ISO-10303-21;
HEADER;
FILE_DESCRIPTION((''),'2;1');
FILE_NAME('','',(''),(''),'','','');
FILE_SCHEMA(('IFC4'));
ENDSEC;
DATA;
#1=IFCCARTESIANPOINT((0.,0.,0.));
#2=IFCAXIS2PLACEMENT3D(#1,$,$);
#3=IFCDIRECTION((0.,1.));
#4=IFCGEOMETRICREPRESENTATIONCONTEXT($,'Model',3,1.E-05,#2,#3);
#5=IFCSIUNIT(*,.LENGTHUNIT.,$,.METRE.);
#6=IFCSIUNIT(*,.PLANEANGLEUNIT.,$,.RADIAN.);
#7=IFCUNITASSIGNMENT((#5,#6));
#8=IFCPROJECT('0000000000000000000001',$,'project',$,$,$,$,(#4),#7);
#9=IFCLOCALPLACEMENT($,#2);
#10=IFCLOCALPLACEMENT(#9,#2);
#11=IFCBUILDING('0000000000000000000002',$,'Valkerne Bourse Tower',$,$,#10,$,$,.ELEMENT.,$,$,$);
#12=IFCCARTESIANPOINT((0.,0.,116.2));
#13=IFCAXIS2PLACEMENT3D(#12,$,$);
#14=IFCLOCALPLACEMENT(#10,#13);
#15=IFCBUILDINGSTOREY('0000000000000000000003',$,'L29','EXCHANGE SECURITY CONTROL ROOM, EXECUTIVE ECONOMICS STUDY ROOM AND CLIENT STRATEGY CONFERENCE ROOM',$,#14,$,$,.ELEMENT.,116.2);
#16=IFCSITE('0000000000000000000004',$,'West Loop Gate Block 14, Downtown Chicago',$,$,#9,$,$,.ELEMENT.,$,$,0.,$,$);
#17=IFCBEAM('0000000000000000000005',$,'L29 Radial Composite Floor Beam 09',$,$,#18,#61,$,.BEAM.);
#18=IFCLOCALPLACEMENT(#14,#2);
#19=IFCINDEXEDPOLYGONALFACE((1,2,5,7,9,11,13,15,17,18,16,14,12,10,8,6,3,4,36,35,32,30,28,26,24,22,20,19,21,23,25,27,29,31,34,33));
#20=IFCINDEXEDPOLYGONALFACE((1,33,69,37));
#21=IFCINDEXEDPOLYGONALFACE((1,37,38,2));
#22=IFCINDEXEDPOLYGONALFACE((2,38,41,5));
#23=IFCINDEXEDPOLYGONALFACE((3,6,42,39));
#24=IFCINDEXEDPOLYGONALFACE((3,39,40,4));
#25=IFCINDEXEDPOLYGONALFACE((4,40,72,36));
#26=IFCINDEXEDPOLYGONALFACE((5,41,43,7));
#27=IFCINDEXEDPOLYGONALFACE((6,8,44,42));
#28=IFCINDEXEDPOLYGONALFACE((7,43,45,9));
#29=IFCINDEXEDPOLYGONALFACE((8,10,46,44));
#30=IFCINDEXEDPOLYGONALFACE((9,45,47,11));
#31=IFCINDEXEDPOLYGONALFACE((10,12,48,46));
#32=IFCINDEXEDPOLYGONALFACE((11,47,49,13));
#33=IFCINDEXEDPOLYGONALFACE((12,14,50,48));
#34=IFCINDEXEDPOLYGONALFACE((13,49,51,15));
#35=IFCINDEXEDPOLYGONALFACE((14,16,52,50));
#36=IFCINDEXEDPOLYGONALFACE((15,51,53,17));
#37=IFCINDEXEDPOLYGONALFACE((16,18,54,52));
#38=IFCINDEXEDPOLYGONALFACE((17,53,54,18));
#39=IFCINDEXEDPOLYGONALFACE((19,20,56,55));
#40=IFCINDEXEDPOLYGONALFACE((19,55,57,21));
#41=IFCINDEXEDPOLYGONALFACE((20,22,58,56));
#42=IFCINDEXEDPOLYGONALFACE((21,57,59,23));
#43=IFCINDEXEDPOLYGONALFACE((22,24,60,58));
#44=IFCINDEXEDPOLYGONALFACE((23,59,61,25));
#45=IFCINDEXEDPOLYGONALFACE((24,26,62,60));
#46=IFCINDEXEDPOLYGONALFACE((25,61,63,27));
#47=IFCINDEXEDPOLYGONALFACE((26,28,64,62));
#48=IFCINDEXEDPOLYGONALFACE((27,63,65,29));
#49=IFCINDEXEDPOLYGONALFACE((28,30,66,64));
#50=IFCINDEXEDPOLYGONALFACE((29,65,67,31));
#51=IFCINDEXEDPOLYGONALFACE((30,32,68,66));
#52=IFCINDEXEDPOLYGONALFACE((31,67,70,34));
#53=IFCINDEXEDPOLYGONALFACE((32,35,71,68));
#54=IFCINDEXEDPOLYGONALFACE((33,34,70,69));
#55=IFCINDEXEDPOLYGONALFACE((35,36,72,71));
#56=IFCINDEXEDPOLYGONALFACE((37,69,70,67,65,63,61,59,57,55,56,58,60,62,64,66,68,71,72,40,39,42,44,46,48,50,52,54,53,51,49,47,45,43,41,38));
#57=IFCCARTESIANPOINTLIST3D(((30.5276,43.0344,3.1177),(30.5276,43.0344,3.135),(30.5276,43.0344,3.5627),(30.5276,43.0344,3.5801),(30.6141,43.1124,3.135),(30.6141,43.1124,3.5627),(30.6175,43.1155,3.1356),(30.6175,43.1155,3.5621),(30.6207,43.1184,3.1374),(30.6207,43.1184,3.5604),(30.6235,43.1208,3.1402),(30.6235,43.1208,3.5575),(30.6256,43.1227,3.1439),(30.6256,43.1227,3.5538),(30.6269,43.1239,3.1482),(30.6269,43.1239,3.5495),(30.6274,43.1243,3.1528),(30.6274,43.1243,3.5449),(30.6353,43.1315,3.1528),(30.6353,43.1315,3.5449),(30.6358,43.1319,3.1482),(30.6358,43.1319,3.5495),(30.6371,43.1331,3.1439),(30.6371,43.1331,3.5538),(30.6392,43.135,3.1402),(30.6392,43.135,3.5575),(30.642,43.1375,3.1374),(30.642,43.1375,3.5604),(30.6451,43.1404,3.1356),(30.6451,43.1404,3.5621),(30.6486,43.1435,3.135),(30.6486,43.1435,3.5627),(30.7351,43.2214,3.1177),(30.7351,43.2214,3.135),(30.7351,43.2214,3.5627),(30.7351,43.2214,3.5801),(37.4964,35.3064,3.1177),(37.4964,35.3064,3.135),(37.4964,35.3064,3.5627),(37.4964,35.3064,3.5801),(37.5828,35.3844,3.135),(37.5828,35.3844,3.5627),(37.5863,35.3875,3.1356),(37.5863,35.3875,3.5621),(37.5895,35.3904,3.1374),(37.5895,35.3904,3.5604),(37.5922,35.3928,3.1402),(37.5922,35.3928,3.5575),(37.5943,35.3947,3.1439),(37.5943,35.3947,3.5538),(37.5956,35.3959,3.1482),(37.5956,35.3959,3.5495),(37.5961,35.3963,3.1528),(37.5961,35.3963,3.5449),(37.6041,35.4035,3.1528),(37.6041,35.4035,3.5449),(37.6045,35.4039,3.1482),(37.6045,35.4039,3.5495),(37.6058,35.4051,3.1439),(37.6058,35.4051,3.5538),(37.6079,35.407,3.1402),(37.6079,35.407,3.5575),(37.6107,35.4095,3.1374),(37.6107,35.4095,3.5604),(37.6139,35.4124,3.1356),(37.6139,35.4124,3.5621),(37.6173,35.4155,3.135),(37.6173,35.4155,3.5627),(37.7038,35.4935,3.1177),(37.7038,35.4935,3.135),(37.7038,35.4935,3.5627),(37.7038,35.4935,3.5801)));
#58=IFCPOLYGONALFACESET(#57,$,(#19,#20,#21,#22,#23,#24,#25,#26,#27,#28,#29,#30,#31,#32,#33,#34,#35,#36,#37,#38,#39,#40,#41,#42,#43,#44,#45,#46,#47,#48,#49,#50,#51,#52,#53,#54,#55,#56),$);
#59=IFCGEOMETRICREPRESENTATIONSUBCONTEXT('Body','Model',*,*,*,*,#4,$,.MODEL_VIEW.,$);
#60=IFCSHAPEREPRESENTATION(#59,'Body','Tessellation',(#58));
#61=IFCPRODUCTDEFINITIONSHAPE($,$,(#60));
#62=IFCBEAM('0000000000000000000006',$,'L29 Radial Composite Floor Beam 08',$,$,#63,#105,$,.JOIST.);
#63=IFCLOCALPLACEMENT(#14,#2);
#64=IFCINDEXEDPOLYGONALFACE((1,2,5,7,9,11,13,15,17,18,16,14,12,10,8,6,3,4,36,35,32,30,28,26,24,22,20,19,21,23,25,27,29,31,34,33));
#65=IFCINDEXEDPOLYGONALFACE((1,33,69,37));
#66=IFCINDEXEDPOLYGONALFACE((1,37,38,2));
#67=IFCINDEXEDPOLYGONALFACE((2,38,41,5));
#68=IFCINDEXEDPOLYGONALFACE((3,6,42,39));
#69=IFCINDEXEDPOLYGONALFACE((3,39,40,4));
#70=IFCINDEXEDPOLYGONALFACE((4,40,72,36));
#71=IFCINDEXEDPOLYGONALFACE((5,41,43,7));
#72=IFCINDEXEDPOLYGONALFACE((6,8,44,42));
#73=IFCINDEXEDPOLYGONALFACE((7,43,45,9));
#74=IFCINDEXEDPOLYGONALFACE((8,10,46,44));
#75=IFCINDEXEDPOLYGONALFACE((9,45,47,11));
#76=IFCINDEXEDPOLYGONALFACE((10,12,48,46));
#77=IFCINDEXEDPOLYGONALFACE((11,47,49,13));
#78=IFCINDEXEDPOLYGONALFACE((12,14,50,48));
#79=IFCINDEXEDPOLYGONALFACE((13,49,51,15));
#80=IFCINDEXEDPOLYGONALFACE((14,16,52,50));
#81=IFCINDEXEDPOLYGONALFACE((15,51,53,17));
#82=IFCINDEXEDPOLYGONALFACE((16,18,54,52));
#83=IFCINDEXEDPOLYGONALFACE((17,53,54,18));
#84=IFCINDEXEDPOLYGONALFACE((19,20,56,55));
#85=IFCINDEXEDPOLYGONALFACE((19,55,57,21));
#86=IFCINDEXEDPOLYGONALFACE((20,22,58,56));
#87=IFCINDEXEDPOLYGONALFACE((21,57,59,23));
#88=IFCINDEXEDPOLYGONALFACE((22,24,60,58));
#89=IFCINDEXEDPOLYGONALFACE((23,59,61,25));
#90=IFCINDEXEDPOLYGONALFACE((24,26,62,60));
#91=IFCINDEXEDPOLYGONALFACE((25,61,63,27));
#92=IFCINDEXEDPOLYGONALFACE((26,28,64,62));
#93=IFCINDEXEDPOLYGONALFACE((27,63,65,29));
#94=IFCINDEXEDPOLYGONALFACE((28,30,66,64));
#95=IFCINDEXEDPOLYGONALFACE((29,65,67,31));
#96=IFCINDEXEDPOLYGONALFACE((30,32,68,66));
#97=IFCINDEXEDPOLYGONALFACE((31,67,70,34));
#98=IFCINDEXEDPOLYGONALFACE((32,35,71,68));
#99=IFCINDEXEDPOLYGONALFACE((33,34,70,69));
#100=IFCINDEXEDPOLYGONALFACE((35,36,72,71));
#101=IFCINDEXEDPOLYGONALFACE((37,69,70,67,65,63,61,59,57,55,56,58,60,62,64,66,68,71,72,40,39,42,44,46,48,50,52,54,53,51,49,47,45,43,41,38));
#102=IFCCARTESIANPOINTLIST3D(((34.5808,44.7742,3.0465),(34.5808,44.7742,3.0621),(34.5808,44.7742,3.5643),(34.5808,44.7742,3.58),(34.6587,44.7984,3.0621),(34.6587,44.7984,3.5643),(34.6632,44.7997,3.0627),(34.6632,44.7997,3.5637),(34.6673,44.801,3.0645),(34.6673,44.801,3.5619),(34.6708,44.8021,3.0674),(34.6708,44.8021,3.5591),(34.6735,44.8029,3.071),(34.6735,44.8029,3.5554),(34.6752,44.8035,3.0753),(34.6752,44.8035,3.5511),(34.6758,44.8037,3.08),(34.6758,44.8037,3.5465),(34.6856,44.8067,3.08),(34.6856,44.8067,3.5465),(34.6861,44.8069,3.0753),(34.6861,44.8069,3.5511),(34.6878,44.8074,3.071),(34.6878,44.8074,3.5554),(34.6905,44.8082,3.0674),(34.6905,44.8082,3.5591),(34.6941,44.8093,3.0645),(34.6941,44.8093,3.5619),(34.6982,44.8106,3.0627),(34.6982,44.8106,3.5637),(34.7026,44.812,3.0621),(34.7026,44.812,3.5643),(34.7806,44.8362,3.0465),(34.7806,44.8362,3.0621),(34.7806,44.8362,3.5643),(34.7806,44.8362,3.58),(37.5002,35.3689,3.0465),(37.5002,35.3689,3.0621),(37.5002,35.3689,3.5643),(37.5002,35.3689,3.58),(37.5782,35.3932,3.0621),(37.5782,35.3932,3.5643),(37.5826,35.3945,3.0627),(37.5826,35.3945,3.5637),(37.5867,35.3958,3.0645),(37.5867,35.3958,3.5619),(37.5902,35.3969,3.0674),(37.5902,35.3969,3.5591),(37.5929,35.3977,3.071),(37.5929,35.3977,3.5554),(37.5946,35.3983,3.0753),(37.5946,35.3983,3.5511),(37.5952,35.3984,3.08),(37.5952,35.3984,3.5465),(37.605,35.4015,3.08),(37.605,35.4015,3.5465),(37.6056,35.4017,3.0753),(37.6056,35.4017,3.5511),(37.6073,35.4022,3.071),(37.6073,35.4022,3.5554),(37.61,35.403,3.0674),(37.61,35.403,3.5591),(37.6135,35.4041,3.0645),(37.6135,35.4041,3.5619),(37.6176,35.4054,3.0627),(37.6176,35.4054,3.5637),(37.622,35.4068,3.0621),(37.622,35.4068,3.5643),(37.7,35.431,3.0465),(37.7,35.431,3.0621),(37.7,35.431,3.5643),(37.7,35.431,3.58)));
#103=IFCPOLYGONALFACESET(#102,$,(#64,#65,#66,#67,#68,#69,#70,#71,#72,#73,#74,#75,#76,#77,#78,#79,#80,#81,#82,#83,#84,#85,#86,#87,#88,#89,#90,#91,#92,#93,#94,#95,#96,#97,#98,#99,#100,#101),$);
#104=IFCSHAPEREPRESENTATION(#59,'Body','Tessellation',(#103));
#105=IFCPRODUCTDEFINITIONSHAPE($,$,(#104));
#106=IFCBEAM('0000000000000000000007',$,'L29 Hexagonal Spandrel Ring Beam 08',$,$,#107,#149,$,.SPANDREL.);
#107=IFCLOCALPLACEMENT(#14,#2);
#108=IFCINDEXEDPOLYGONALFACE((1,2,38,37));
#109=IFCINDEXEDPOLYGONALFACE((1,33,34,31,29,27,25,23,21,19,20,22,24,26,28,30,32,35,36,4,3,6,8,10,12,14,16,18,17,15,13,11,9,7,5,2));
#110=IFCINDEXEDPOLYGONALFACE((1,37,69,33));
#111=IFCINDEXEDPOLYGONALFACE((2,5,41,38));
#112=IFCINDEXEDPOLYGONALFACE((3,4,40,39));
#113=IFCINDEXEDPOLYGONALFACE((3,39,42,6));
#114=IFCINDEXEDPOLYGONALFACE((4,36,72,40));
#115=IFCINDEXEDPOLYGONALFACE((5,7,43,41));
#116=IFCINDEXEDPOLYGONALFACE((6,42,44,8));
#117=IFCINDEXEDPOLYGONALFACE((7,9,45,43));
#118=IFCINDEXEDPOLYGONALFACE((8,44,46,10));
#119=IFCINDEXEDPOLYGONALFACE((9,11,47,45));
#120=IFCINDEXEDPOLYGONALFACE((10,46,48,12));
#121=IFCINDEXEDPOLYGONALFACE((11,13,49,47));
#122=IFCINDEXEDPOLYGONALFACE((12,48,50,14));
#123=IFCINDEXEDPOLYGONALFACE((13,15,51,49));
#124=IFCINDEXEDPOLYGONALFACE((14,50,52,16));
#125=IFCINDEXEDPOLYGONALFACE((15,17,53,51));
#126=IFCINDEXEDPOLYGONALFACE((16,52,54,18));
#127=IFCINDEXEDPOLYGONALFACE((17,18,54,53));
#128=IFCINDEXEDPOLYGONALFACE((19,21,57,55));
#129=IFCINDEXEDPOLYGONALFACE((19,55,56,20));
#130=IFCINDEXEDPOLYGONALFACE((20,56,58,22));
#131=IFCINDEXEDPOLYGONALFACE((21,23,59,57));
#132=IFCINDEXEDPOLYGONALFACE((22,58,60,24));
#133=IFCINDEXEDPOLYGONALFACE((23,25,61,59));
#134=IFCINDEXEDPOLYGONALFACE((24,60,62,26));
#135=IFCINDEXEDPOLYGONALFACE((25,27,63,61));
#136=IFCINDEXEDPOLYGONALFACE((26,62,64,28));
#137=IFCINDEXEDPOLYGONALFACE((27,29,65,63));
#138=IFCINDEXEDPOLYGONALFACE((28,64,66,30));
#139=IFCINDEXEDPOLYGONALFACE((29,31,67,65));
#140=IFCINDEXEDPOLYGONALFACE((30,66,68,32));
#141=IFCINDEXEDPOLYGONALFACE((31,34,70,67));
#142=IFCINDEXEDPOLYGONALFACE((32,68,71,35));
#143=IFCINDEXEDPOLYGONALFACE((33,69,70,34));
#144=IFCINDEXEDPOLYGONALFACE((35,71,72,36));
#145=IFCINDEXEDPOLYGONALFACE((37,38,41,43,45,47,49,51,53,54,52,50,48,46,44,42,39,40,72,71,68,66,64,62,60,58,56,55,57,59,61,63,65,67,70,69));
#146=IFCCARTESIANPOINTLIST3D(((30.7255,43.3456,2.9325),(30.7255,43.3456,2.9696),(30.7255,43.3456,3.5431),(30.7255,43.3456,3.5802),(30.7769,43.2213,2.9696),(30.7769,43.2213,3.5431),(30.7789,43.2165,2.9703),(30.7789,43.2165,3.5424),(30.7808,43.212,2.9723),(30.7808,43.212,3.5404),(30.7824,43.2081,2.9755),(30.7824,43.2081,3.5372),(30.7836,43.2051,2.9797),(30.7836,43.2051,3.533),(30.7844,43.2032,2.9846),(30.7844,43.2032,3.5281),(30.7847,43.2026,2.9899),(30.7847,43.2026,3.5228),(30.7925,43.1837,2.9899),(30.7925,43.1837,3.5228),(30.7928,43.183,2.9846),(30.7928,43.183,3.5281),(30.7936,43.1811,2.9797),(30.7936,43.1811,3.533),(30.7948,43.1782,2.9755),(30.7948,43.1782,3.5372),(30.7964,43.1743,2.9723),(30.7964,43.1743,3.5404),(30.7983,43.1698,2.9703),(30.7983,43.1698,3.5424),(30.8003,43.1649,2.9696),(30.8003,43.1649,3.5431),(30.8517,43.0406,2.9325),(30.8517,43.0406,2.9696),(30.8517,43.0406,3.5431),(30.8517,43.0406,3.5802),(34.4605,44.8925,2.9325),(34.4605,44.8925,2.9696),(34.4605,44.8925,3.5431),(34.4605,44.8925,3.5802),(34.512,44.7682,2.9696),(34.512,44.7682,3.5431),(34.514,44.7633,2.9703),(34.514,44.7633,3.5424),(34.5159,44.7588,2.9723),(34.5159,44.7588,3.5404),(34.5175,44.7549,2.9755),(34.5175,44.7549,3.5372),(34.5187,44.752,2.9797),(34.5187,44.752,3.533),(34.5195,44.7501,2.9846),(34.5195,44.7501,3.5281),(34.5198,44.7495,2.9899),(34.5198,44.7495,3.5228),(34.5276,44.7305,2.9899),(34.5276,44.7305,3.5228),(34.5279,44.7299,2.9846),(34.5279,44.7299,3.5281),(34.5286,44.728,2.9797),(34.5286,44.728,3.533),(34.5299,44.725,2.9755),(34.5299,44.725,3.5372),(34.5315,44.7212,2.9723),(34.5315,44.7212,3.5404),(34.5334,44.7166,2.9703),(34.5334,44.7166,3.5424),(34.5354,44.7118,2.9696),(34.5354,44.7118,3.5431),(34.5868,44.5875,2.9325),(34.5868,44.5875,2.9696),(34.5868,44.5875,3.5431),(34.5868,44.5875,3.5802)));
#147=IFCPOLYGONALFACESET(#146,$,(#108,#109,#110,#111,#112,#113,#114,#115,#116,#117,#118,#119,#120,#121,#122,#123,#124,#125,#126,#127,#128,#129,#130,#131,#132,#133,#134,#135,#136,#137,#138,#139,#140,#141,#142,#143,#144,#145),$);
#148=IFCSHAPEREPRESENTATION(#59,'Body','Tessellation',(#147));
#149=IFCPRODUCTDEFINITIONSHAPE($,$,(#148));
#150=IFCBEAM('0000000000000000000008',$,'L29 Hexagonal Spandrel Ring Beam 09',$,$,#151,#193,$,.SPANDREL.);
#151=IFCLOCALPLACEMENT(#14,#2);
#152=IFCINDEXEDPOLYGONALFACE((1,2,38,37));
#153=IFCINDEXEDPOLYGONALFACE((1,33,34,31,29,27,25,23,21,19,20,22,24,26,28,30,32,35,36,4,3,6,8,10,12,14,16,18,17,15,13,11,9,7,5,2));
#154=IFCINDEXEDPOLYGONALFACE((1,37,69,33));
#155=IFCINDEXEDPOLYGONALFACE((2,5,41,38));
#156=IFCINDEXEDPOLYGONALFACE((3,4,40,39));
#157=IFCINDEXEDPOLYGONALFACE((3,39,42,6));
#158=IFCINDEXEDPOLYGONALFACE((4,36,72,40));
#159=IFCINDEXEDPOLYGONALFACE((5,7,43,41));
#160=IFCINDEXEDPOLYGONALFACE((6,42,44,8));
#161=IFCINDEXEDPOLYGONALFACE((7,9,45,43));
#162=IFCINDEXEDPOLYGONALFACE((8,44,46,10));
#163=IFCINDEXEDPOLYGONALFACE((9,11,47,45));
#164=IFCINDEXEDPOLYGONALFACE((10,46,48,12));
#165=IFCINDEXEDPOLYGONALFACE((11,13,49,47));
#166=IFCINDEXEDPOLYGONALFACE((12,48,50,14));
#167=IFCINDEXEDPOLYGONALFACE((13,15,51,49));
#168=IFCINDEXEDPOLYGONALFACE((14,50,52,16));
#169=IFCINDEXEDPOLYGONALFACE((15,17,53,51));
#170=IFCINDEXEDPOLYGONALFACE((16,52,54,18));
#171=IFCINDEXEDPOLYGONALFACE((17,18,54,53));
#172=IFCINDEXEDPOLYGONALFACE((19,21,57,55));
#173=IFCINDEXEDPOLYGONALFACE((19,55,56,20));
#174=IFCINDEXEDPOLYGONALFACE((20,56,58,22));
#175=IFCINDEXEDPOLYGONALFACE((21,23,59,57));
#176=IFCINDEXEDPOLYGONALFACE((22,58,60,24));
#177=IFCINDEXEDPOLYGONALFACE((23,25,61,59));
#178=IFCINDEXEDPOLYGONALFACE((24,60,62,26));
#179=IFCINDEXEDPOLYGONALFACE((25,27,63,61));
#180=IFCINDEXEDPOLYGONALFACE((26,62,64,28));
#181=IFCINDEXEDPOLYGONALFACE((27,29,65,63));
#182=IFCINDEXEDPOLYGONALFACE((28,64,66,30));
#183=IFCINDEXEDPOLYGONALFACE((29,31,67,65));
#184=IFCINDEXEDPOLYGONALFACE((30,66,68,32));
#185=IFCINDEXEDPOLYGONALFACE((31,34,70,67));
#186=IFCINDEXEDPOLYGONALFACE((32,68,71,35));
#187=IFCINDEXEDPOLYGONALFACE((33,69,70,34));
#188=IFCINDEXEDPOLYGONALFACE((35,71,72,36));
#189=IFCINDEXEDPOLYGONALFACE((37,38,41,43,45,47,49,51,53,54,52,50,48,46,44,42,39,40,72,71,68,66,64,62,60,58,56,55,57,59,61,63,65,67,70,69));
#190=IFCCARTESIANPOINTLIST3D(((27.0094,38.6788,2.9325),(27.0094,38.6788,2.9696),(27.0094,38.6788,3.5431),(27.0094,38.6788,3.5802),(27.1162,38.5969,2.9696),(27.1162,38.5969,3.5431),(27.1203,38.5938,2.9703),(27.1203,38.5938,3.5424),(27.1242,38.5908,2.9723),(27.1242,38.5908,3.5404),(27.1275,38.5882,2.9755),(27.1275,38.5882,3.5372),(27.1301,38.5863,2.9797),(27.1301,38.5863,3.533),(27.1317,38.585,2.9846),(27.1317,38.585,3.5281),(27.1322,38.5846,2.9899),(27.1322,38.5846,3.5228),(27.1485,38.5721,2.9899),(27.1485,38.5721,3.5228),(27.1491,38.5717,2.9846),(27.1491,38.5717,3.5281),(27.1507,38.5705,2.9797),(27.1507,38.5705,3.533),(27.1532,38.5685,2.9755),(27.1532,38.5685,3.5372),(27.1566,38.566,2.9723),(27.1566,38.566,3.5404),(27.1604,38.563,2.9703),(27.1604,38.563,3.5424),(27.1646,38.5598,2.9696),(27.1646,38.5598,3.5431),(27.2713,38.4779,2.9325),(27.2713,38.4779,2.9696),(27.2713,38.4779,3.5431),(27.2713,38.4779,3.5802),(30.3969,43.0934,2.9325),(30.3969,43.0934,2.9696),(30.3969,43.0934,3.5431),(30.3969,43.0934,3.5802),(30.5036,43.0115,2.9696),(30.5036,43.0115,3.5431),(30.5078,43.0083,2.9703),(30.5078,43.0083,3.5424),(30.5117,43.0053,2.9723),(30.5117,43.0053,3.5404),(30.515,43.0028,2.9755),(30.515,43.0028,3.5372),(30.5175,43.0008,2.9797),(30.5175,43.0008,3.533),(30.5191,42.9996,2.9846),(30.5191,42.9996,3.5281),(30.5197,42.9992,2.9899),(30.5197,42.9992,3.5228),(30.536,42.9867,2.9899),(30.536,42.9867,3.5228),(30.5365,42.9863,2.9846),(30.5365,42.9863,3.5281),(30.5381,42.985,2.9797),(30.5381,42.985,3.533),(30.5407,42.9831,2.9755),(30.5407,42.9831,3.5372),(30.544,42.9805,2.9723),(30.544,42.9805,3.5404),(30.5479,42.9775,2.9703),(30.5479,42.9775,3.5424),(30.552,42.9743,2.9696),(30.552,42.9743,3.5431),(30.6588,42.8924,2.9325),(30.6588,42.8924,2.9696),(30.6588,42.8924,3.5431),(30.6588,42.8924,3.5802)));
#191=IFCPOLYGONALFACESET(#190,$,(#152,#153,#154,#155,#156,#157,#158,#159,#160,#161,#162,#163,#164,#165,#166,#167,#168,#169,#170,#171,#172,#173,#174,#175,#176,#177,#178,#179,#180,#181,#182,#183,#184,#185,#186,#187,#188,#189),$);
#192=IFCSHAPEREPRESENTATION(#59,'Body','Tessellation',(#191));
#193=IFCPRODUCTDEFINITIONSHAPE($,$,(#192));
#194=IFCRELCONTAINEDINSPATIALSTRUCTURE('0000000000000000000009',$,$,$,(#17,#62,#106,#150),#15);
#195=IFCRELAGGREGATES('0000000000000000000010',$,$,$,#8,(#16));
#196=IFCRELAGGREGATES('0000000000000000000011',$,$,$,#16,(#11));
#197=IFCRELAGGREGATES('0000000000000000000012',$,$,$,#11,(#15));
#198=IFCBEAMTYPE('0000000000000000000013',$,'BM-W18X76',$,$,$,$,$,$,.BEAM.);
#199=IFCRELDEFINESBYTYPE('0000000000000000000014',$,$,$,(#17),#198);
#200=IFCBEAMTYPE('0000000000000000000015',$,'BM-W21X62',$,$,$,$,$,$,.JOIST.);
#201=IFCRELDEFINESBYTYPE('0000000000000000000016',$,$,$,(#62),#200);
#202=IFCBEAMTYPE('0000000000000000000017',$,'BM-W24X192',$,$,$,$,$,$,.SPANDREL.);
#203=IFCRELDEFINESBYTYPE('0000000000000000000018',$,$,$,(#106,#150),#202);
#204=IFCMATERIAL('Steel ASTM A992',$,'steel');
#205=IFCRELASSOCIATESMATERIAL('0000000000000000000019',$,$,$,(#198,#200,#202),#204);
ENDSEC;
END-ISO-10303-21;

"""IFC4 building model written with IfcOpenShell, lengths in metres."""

from ifc_helpers import new_model, si_unit, direction, frame, origin, origin_2d, place, context, subcontext, project, spatial, i_section, extrude, material, material_profile, profile_set, type_object, element, save


model = new_model("IFC4")

# Units and contexts
model_context = context("Model", 3, precision=1e-05, world=origin(), true_north=direction((0.0, 1.0)))
body_context = subcontext(model_context, "Body", "Model", "MODEL_VIEW")
ifc_project = project(units=[si_unit("LENGTHUNIT", "METRE"), si_unit("PLANEANGLEUNIT", "RADIAN")], contexts=[model_context])

# Site, building, storey
site_placement = place(None, origin())
site = spatial("IfcSite", under=ifc_project, at=site_placement, Name="West Loop Gate Block 14, Downtown Chicago", CompositionType="ELEMENT", RefElevation=0.0)
building_placement = place(site_placement, origin())
building = spatial("IfcBuilding", under=site, at=building_placement, Name="Valkerne Bourse Tower", CompositionType="ELEMENT")
storey_placement = place(building_placement, frame((0.0, 0.0, 116.2)))
storey = spatial("IfcBuildingStorey", under=building, at=storey_placement, Name="L29", Description="EXCHANGE SECURITY CONTROL ROOM, EXECUTIVE ECONOMICS STUDY ROOM AND CLIENT STRATEGY CONFERENCE ROOM", CompositionType="ELEMENT", Elevation=116.2)

# Beams
ifc_material_1 = material(Name="Steel ASTM A992", Category="steel")
ifc_material_profile_1 = material_profile(ifc_material_1, i_section(OverallWidth=0.2793, OverallDepth=0.4624, WebThickness=0.0107, FlangeThickness=0.0173, FilletRadius=0.0178, at=origin_2d()), Name="W18X76")
ifc_profile_set_1 = profile_set([ifc_material_profile_1], Name="Steel ASTM A992")
beam_type_1 = type_object("IfcBeamType", Name="BM-W18X76", PredefinedType="BEAM", material=ifc_profile_set_1)
beam_1_placement = place(storey_placement, frame((30.6313, 43.1279, 3.3489), z_axis=(0.669683, -0.742648, 0.0), x_axis=(0.742648, 0.669683, 0.0)))
element("IfcBeam", 1, at=beam_1_placement, inside=storey, type_object=beam_type_1, Name="L29 Radial Composite Floor Beam 09", PredefinedType="BEAM", context=body_context, shape_type="SweptSolid", body=[
    extrude(i_section(OverallWidth=0.2793, OverallDepth=0.4624, WebThickness=0.0107, FlangeThickness=0.0173, FilletRadius=0.0178, at=origin_2d()), origin(), (0.0, 0.0, 1.0), 10.406),
])
ifc_material_profile_2 = material_profile(ifc_material_1, i_section(OverallWidth=0.2092, OverallDepth=0.5334, WebThickness=0.0103, FlangeThickness=0.0156, FilletRadius=0.0178, at=origin_2d()), Name="W21X62")
ifc_profile_set_2 = profile_set([ifc_material_profile_2], Name="Steel ASTM A992")
beam_type_2 = type_object("IfcBeamType", Name="BM-W21X62", PredefinedType="JOIST", material=ifc_profile_set_2)
beam_2_placement = place(storey_placement, frame((34.6807, 44.8052, 3.3132), z_axis=(0.296451, -0.955048, 0.0), x_axis=(0.955048, 0.296451, 0.0)))
element("IfcBeam", 2, at=beam_2_placement, inside=storey, type_object=beam_type_2, Name="L29 Radial Composite Floor Beam 08", PredefinedType="JOIST", context=body_context, shape_type="SweptSolid", body=[
    extrude(i_section(OverallWidth=0.2092, OverallDepth=0.5334, WebThickness=0.0103, FlangeThickness=0.0156, FilletRadius=0.0178, at=origin_2d()), origin(), (0.0, 0.0, 1.0), 9.8479),
])
ifc_material_profile_3 = material_profile(ifc_material_1, i_section(OverallWidth=0.3301, OverallDepth=0.6477, WebThickness=0.0205, FlangeThickness=0.0371, FilletRadius=0.0203, at=origin_2d()), Name="W24X192")
ifc_profile_set_3 = profile_set([ifc_material_profile_3], Name="Steel ASTM A992")
beam_type_3 = type_object("IfcBeamType", Name="BM-W24X192", PredefinedType="SPANDREL", material=ifc_profile_set_3)
beam_3_placement = place(storey_placement, frame((34.5237, 44.74, 3.2563), z_axis=(-0.923902, -0.382629, 0.0), x_axis=(0.382629, -0.923902, 0.0)))
element("IfcBeam", 3, at=beam_3_placement, inside=storey, type_object=beam_type_3, Name="L29 Hexagonal Spandrel Ring Beam 08", PredefinedType="SPANDREL", context=body_context, shape_type="SweptSolid", body=[
    extrude(i_section(OverallWidth=0.3301, OverallDepth=0.6477, WebThickness=0.0205, FlangeThickness=0.0371, FilletRadius=0.0203, at=origin_2d()), origin(), (0.0, 0.0, 1.0), 4.0427),
])
beam_4_placement = place(storey_placement, frame((30.5278, 42.9929, 3.2563), z_axis=(-0.608767, -0.793349, 0.0), x_axis=(0.793349, -0.608767, 0.0)))
element("IfcBeam", 4, at=beam_4_placement, inside=storey, type_object=beam_type_3, Name="L29 Hexagonal Spandrel Ring Beam 09", PredefinedType="SPANDREL", context=body_context, shape_type="SweptSolid", body=[
    extrude(i_section(OverallWidth=0.3301, OverallDepth=0.6477, WebThickness=0.0205, FlangeThickness=0.0371, FilletRadius=0.0203, at=origin_2d()), origin(), (0.0, 0.0, 1.0), 5.5645),
])

save(model, "model.ifc")
